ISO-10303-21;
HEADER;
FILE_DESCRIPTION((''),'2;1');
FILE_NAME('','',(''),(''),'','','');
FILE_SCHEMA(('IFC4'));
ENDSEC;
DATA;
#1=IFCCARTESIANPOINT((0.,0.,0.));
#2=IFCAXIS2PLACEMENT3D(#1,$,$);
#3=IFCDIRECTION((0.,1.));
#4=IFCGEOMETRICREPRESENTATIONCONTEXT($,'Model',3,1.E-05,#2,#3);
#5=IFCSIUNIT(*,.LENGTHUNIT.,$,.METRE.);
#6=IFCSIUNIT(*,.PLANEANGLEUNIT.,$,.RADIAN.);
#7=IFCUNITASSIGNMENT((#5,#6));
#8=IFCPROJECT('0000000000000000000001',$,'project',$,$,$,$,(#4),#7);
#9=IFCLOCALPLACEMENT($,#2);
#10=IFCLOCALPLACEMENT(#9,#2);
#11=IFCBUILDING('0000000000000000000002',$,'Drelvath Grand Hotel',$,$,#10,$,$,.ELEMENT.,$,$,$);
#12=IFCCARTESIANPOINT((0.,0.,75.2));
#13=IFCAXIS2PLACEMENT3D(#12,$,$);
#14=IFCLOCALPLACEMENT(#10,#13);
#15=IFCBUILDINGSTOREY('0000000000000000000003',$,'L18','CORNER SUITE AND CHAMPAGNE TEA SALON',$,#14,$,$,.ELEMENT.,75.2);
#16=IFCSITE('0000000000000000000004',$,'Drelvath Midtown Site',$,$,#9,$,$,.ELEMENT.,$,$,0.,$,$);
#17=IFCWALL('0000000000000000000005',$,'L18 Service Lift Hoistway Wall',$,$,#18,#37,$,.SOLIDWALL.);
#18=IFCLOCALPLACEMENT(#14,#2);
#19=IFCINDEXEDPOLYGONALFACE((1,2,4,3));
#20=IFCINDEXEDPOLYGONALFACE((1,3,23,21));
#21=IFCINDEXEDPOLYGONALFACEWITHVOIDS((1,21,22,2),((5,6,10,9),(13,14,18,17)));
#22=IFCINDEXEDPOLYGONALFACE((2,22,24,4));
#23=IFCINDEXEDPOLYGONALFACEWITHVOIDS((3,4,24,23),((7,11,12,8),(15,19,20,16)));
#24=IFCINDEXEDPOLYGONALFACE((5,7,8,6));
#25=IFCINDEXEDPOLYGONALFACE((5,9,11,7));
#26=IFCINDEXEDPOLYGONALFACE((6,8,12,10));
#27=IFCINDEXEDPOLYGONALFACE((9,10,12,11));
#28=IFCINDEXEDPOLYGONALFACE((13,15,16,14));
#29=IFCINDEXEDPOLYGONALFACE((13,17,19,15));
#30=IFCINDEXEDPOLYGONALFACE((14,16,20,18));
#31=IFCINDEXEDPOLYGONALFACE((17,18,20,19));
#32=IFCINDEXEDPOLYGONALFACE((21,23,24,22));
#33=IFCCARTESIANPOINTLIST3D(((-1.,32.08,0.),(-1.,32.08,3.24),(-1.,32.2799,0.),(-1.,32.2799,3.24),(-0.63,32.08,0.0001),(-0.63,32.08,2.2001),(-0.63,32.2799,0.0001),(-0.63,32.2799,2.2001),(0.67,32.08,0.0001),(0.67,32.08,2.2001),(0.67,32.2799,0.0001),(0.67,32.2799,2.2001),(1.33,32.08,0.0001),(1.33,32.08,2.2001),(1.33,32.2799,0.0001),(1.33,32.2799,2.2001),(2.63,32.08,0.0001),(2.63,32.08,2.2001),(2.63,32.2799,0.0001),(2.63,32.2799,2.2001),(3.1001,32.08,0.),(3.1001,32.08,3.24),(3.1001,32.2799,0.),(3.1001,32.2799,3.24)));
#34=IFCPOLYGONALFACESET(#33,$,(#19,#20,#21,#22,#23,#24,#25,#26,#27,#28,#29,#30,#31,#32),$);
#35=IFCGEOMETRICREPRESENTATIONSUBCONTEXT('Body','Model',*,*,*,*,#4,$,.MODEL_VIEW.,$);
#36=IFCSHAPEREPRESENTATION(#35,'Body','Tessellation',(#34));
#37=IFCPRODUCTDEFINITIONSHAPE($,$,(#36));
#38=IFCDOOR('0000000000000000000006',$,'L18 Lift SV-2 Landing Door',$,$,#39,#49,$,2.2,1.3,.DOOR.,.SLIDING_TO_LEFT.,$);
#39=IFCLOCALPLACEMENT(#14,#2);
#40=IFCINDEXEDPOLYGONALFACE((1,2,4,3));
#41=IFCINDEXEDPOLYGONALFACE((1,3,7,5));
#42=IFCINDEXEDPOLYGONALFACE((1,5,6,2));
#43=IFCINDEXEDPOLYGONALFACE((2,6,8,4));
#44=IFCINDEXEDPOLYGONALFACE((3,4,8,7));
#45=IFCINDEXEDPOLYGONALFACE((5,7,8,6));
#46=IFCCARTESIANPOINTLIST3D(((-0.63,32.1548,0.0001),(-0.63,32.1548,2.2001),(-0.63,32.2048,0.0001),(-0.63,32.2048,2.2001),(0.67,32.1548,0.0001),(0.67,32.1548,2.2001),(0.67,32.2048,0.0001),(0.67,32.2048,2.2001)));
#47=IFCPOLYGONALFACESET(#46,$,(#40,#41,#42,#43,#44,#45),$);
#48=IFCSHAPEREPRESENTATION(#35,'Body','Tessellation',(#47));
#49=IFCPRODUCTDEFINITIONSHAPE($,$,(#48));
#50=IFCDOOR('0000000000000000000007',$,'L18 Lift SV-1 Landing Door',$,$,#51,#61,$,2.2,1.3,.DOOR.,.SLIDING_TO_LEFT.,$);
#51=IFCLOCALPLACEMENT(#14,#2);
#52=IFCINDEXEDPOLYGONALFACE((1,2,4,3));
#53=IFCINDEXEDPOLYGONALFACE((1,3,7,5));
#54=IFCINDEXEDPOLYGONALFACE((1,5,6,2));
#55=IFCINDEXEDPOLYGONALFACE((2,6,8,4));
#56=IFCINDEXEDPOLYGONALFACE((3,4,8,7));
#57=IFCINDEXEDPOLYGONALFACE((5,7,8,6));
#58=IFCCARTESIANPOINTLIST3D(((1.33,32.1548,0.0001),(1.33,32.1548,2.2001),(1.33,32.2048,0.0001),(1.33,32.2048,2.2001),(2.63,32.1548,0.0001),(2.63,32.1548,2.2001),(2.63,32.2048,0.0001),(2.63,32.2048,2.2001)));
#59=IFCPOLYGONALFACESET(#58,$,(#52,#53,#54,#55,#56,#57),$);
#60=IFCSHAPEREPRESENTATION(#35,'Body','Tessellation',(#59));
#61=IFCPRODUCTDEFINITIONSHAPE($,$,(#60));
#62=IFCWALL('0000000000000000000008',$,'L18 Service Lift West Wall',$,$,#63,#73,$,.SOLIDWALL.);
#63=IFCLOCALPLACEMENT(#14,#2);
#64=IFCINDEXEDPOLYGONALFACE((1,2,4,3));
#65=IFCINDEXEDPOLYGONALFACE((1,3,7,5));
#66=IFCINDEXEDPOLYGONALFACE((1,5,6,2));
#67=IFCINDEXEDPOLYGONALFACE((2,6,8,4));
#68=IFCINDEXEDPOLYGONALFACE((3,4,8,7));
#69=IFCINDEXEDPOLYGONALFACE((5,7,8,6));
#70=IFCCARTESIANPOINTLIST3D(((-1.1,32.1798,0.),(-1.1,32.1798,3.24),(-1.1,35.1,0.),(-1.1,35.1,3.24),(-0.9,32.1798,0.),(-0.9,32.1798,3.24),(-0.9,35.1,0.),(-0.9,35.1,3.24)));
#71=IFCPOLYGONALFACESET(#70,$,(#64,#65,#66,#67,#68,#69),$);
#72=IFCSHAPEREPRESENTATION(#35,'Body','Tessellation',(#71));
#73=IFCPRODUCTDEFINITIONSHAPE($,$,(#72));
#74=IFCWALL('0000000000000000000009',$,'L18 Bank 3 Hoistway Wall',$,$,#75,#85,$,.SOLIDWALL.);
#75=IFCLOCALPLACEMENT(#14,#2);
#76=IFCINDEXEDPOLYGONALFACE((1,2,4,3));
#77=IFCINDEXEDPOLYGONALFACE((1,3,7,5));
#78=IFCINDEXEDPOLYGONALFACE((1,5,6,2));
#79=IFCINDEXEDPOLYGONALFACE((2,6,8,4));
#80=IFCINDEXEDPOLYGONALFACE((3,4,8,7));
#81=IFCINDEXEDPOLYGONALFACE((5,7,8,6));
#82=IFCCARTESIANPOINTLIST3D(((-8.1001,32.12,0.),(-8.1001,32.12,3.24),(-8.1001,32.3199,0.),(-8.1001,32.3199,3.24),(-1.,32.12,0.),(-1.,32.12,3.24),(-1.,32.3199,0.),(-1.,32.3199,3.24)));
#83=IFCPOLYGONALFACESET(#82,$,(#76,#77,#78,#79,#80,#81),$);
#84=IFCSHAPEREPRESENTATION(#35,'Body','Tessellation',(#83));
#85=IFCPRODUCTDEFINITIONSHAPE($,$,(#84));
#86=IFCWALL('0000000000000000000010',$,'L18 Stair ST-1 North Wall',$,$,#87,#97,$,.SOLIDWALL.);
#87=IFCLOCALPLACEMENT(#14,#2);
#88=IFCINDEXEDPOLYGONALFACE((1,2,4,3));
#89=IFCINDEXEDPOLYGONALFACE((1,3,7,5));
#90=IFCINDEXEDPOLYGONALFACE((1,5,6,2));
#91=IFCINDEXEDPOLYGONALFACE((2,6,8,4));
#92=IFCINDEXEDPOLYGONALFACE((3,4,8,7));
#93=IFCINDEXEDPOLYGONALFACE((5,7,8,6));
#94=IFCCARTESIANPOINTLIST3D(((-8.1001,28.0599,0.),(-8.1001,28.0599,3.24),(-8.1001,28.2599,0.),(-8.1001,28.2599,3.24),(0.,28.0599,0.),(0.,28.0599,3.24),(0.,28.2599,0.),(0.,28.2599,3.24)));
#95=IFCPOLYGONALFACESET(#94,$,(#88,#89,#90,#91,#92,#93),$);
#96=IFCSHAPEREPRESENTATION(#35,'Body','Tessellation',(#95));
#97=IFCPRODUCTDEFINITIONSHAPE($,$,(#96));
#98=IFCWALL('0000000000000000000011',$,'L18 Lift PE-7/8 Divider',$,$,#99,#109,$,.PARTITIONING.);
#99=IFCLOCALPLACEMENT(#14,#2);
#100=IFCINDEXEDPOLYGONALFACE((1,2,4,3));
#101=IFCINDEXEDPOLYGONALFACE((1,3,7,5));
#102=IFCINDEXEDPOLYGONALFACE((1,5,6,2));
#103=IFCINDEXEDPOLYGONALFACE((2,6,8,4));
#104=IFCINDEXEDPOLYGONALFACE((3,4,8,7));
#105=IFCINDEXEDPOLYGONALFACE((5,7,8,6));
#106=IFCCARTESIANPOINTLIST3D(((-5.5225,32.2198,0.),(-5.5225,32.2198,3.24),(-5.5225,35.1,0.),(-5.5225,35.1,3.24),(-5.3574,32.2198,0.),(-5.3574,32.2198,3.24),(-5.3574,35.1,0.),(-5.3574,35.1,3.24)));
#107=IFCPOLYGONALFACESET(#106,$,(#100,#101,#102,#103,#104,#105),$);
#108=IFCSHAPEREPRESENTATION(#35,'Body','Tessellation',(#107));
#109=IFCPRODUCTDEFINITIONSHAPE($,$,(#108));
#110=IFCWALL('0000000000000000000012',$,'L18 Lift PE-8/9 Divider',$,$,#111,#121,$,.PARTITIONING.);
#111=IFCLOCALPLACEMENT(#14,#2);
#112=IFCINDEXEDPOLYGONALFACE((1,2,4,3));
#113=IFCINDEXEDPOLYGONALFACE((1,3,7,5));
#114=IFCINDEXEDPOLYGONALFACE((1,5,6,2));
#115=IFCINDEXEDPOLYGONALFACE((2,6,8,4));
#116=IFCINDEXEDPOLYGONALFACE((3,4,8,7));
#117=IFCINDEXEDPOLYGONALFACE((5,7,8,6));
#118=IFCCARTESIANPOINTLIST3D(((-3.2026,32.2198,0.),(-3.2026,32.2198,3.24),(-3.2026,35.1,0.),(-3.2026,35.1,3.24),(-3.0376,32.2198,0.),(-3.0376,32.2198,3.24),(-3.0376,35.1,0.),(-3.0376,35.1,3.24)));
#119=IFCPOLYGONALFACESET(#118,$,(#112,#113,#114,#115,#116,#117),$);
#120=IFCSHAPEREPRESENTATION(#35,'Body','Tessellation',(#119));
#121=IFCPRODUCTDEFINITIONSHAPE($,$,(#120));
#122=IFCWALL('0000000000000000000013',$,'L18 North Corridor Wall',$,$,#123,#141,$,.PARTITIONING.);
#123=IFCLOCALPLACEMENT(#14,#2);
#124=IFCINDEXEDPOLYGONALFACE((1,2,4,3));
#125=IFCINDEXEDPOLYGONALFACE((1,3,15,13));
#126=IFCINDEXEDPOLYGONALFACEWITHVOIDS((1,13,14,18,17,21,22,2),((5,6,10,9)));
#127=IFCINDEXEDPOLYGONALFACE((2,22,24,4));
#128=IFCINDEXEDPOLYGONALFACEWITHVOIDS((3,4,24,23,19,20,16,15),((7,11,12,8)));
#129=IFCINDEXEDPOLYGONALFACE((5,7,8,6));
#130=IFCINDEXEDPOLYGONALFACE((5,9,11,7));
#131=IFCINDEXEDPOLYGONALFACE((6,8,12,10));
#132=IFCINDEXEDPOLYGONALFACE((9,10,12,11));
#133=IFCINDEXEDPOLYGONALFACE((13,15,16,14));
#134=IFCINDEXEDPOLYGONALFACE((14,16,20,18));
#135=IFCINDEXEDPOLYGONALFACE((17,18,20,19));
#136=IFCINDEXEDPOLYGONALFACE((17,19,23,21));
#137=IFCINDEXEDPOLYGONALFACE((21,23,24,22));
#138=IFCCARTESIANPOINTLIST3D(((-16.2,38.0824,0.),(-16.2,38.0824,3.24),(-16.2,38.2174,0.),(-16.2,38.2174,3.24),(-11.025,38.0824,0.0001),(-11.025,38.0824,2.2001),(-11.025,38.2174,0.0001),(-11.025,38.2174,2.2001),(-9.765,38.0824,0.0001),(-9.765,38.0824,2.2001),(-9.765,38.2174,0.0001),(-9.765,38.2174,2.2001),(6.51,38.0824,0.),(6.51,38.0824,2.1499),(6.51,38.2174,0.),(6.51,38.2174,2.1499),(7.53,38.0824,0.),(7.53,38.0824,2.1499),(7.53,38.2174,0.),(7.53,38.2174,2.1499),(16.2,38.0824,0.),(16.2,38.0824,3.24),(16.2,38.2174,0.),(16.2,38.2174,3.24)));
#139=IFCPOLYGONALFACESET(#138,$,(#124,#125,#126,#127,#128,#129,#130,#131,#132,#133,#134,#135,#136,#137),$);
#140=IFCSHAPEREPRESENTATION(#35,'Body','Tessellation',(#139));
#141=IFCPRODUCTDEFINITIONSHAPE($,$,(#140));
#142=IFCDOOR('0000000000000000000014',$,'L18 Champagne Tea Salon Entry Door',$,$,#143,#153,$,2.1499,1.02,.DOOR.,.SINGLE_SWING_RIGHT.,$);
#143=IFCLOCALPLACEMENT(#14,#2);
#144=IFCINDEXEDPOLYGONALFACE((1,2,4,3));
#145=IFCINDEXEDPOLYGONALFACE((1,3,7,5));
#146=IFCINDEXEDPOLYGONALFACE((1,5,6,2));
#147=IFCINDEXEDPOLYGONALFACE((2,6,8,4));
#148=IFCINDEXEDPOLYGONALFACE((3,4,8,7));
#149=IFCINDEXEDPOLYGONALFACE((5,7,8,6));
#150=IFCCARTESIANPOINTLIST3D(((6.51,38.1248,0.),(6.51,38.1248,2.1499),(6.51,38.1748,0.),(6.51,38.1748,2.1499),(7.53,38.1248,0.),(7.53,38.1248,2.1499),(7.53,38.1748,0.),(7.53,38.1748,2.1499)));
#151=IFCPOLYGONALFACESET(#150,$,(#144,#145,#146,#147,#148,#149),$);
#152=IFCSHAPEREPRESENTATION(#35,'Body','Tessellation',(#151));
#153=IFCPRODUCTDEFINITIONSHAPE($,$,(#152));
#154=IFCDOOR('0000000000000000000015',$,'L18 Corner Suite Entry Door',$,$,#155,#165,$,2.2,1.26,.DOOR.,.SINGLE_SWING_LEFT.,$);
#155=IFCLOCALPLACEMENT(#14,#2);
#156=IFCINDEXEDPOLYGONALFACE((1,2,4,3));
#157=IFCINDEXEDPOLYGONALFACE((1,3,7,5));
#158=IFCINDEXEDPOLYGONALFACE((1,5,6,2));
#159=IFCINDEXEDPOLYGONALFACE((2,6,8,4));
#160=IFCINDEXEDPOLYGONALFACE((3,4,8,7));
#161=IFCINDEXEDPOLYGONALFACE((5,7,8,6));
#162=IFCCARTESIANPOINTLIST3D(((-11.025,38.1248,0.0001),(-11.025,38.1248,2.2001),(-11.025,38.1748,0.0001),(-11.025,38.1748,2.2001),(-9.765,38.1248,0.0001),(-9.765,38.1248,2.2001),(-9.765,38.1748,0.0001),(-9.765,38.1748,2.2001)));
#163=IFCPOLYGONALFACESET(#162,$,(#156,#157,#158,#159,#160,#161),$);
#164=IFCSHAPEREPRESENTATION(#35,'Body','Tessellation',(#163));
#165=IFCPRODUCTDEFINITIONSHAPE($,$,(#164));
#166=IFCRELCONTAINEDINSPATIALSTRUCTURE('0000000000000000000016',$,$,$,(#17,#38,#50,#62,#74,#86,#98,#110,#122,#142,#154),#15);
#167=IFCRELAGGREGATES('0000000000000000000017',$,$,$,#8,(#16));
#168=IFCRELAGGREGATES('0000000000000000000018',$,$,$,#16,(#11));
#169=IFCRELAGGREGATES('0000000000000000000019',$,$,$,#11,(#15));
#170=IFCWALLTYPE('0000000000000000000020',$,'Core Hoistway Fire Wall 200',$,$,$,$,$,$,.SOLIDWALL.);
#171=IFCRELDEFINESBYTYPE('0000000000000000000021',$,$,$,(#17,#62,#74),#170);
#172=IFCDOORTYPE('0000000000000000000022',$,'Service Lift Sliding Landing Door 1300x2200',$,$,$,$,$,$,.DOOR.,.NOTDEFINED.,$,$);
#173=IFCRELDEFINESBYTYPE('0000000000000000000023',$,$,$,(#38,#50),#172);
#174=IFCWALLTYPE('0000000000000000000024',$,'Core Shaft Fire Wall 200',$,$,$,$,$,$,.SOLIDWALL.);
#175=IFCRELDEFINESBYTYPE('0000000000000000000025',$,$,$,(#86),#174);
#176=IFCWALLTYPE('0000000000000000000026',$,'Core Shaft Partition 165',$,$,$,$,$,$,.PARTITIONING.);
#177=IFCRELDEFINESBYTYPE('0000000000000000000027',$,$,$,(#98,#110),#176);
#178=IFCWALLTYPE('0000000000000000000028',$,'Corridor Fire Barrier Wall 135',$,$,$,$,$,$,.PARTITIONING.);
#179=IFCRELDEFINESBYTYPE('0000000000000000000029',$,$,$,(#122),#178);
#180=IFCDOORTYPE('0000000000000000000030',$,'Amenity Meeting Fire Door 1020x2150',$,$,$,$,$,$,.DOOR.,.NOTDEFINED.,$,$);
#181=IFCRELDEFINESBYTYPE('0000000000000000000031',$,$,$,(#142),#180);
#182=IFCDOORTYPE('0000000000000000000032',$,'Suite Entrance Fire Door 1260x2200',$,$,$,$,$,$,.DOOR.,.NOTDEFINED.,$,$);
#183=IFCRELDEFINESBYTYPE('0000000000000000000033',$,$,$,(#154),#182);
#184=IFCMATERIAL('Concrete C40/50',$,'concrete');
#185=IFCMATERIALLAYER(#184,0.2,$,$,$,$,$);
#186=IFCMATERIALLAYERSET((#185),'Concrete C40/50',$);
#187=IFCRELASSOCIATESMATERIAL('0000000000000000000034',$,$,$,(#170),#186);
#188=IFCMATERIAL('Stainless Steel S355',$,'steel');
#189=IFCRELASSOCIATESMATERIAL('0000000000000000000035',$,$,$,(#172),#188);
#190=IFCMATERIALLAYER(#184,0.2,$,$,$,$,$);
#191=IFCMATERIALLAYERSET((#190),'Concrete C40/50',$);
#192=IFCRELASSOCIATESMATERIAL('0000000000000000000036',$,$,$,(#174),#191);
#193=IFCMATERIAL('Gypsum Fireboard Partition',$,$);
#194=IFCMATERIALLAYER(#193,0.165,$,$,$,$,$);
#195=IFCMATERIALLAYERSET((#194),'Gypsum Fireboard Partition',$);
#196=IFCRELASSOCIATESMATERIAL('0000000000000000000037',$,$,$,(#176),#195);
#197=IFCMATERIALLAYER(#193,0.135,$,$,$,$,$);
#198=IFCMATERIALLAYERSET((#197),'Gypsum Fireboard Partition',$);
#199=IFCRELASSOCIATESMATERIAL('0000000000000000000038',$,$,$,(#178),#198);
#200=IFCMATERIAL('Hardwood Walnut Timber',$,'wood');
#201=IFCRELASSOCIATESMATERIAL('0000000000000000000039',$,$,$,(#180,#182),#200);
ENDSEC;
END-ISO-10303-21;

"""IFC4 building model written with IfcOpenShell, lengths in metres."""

from ifc_helpers import new_model, si_unit, direction, frame, frame_2d, origin, place, context, subcontext, project, spatial, rectangle, extrude, material, layer, layer_set, type_object, element, fill, save


model = new_model("IFC4")

# Units and contexts
model_context = context("Model", 3, precision=1e-05, world=origin(), true_north=direction((0.0, 1.0)))
body_context = subcontext(model_context, "Body", "Model", "MODEL_VIEW")
ifc_project = project(units=[si_unit("LENGTHUNIT", "METRE"), si_unit("PLANEANGLEUNIT", "RADIAN")], contexts=[model_context])

# Site, building, storey
site_placement = place(None, origin())
site = spatial("IfcSite", under=ifc_project, at=site_placement, Name="Drelvath Midtown Site", CompositionType="ELEMENT", RefElevation=0.0)
building_placement = place(site_placement, origin())
building = spatial("IfcBuilding", under=site, at=building_placement, Name="Drelvath Grand Hotel", CompositionType="ELEMENT")
storey_placement = place(building_placement, frame((0.0, 0.0, 75.2)))
storey = spatial("IfcBuildingStorey", under=building, at=storey_placement, Name="L18", Description="CORNER SUITE AND CHAMPAGNE TEA SALON", CompositionType="ELEMENT", Elevation=75.2)

# Wall, openings, doors
ifc_material_1 = material(Name="Concrete C40/50", Category="concrete")
ifc_layer_1 = layer(ifc_material_1, 0.2)
ifc_layer_set_1 = layer_set([ifc_layer_1], Name="Concrete C40/50")
wall_type_1 = type_object("IfcWallType", Name="Core Hoistway Fire Wall 200", PredefinedType="SOLIDWALL", material=ifc_layer_set_1)
wall_1_placement = place(storey_placement, frame((-1.0, 32.1799, 0.0), z_axis=(0.0, 0.0, 1.0), x_axis=(1.0, 0.0, 0.0)))
wall_1 = element("IfcWall", 1, at=wall_1_placement, inside=storey, type_object=wall_type_1, Name="L18 Service Lift Hoistway Wall", PredefinedType="SOLIDWALL", context=body_context, shape_type="SweptSolid", body=[
    extrude(rectangle(XDim=4.1001, YDim=0.2, at=frame_2d((2.05, 0.0))), origin(), (0.0, 0.0, 1.0), 3.24),
])
opening_1_placement = place(wall_1_placement, frame((0.3701, 0.0, 0.0)))
opening_1 = element("IfcOpeningElement", 2, at=opening_1_placement, cuts=wall_1, PredefinedType="OPENING", context=body_context, shape_type="SweptSolid", body=[
    extrude(rectangle(XDim=1.3, YDim=2.2, at=frame_2d((0.6499, 1.1001))), frame((0.0, 0.1099, 0.0), z_axis=(0.0, -1.0, 0.0), x_axis=(1.0, 0.0, 0.0)), (0.0, 0.0, 1.0), 0.22),
])
opening_2_placement = place(wall_1_placement, frame((2.3301, 0.0, 0.0)))
opening_2 = element("IfcOpeningElement", 3, at=opening_2_placement, cuts=wall_1, PredefinedType="OPENING", context=body_context, shape_type="SweptSolid", body=[
    extrude(rectangle(XDim=1.3, YDim=2.2, at=frame_2d((0.6499, 1.1001))), frame((0.0, 0.1099, 0.0), z_axis=(0.0, -1.0, 0.0), x_axis=(1.0, 0.0, 0.0)), (0.0, 0.0, 1.0), 0.22),
])
ifc_material_2 = material(Name="Stainless Steel S355", Category="steel")
door_type_1 = type_object("IfcDoorType", Name="Service Lift Sliding Landing Door 1300x2200", OperationType="NOTDEFINED", PredefinedType="DOOR", material=ifc_material_2)
door_1_placement = place(opening_1_placement, origin())
door_1 = element("IfcDoor", 4, at=door_1_placement, inside=storey, type_object=door_type_1, Name="L18 Lift SV-2 Landing Door", OperationType="SLIDING_TO_LEFT", OverallHeight=2.2, OverallWidth=1.3, PredefinedType="DOOR", context=body_context, shape_type="SweptSolid", body=[
    extrude(rectangle(XDim=1.3, YDim=2.2, at=frame_2d((0.6499, 1.1001))), frame((0.0, 0.0249, 0.0), z_axis=(0.0, -1.0, 0.0), x_axis=(1.0, 0.0, 0.0)), (0.0, 0.0, 1.0), 0.05),
])
fill(opening_1, door_1)
door_2_placement = place(opening_2_placement, origin())
door_2 = element("IfcDoor", 5, at=door_2_placement, inside=storey, type_object=door_type_1, Name="L18 Lift SV-1 Landing Door", OperationType="SLIDING_TO_LEFT", OverallHeight=2.2, OverallWidth=1.3, PredefinedType="DOOR", context=body_context, shape_type="SweptSolid", body=[
    extrude(rectangle(XDim=1.3, YDim=2.2, at=frame_2d((0.6499, 1.1001))), frame((0.0, 0.0249, 0.0), z_axis=(0.0, -1.0, 0.0), x_axis=(1.0, 0.0, 0.0)), (0.0, 0.0, 1.0), 0.05),
])
fill(opening_2, door_2)

# Walls
wall_2_placement = place(storey_placement, frame((-1.0, 32.1799, 0.0), z_axis=(0.0, 0.0, 1.0), x_axis=(0.0, 1.0, 0.0)))
element("IfcWall", 6, at=wall_2_placement, inside=storey, type_object=wall_type_1, Name="L18 Service Lift West Wall", PredefinedType="SOLIDWALL", context=body_context, shape_type="SweptSolid", body=[
    extrude(rectangle(XDim=2.9202, YDim=0.2, at=frame_2d((1.46, 0.0))), origin(), (0.0, 0.0, 1.0), 3.24),
])
wall_3_placement = place(storey_placement, frame((-8.1001, 32.22, 0.0), z_axis=(0.0, 0.0, 1.0), x_axis=(1.0, 0.0, 0.0)))
element("IfcWall", 7, at=wall_3_placement, inside=storey, type_object=wall_type_1, Name="L18 Bank 3 Hoistway Wall", PredefinedType="SOLIDWALL", context=body_context, shape_type="SweptSolid", body=[
    extrude(rectangle(XDim=7.1001, YDim=0.2, at=frame_2d((3.55, 0.0))), origin(), (0.0, 0.0, 1.0), 3.24),
])
ifc_layer_2 = layer(ifc_material_1, 0.2)
ifc_layer_set_2 = layer_set([ifc_layer_2], Name="Concrete C40/50")
wall_type_2 = type_object("IfcWallType", Name="Core Shaft Fire Wall 200", PredefinedType="SOLIDWALL", material=ifc_layer_set_2)
wall_4_placement = place(storey_placement, frame((-8.1001, 28.1599, 0.0), z_axis=(0.0, 0.0, 1.0), x_axis=(1.0, 0.0, 0.0)))
element("IfcWall", 8, at=wall_4_placement, inside=storey, type_object=wall_type_2, Name="L18 Stair ST-1 North Wall", PredefinedType="SOLIDWALL", context=body_context, shape_type="SweptSolid", body=[
    extrude(rectangle(XDim=8.1001, YDim=0.2, at=frame_2d((4.05, 0.0))), origin(), (0.0, 0.0, 1.0), 3.24),
])
ifc_material_3 = material(Name="Gypsum Fireboard Partition")
ifc_layer_3 = layer(ifc_material_3, 0.165)
ifc_layer_set_3 = layer_set([ifc_layer_3], Name="Gypsum Fireboard Partition")
wall_type_3 = type_object("IfcWallType", Name="Core Shaft Partition 165", PredefinedType="PARTITIONING", material=ifc_layer_set_3)
for number, where, z_axis, x_axis, name in (
    (9, (-5.4399, 32.22, 0.0), (0.0, 0.0, 1.0), (0.0, 1.0, 0.0), "L18 Lift PE-7/8 Divider"),
    (10, (-3.1201, 32.22, 0.0), (0.0, 0.0, 1.0), (0.0, 1.0, 0.0), "L18 Lift PE-8/9 Divider"),
):
    element("IfcWall", number, at=place(storey_placement, frame(where, z_axis=z_axis, x_axis=x_axis)), inside=storey, type_object=wall_type_3, Name=name, PredefinedType="PARTITIONING", context=body_context, shape_type="SweptSolid", body=[
        extrude(rectangle(XDim=2.8801, YDim=0.165, at=frame_2d((1.4399, 0.0))), origin(), (0.0, 0.0, 1.0), 3.24),
    ])

# Wall, openings, doors
ifc_layer_4 = layer(ifc_material_3, 0.135)
ifc_layer_set_4 = layer_set([ifc_layer_4], Name="Gypsum Fireboard Partition")
wall_type_4 = type_object("IfcWallType", Name="Corridor Fire Barrier Wall 135", PredefinedType="PARTITIONING", material=ifc_layer_set_4)
wall_5_placement = place(storey_placement, frame((-16.2, 38.1499, 0.0), z_axis=(0.0, 0.0, 1.0), x_axis=(1.0, 0.0, 0.0)))
wall_5 = element("IfcWall", 11, at=wall_5_placement, inside=storey, type_object=wall_type_4, Name="L18 North Corridor Wall", PredefinedType="PARTITIONING", context=body_context, shape_type="SweptSolid", body=[
    extrude(rectangle(XDim=32.3999, YDim=0.135, at=frame_2d((16.2, 0.0))), origin(), (0.0, 0.0, 1.0), 3.24),
])
opening_3_placement = place(wall_5_placement, frame((5.175, 0.0, 0.0)))
opening_3 = element("IfcOpeningElement", 12, at=opening_3_placement, cuts=wall_5, PredefinedType="OPENING", context=body_context, shape_type="SweptSolid", body=[
    extrude(rectangle(XDim=1.26, YDim=2.2, at=frame_2d((0.6299, 1.1001))), frame((0.0, 0.0774, 0.0), z_axis=(0.0, -1.0, 0.0), x_axis=(1.0, 0.0, 0.0)), (0.0, 0.0, 1.0), 0.155),
])
opening_4_placement = place(wall_5_placement, frame((22.71, 0.0, 0.0)))
opening_4 = element("IfcOpeningElement", 13, at=opening_4_placement, cuts=wall_5, PredefinedType="OPENING", context=body_context, shape_type="SweptSolid", body=[
    extrude(rectangle(XDim=1.02, YDim=2.1499, at=frame_2d((0.51, 1.075))), frame((0.0, 0.0774, 0.0), z_axis=(0.0, -1.0, 0.0), x_axis=(1.0, 0.0, 0.0)), (0.0, 0.0, 1.0), 0.155),
])
ifc_material_4 = material(Name="Hardwood Walnut Timber", Category="wood")
door_type_2 = type_object("IfcDoorType", Name="Amenity Meeting Fire Door 1020x2150", OperationType="NOTDEFINED", PredefinedType="DOOR", material=ifc_material_4)
door_3_placement = place(opening_4_placement, origin())
door_3 = element("IfcDoor", 14, at=door_3_placement, inside=storey, type_object=door_type_2, Name="L18 Champagne Tea Salon Entry Door", OperationType="SINGLE_SWING_RIGHT", OverallHeight=2.1499, OverallWidth=1.02, PredefinedType="DOOR", context=body_context, shape_type="SweptSolid", body=[
    extrude(rectangle(XDim=1.02, YDim=2.1499, at=frame_2d((0.51, 1.075))), frame((0.0, 0.0249, 0.0), z_axis=(0.0, -1.0, 0.0), x_axis=(1.0, 0.0, 0.0)), (0.0, 0.0, 1.0), 0.05),
])
fill(opening_4, door_3)
door_type_3 = type_object("IfcDoorType", Name="Suite Entrance Fire Door 1260x2200", OperationType="NOTDEFINED", PredefinedType="DOOR", material=ifc_material_4)
door_4_placement = place(opening_3_placement, origin())
door_4 = element("IfcDoor", 15, at=door_4_placement, inside=storey, type_object=door_type_3, Name="L18 Corner Suite Entry Door", OperationType="SINGLE_SWING_LEFT", OverallHeight=2.2, OverallWidth=1.26, PredefinedType="DOOR", context=body_context, shape_type="SweptSolid", body=[
    extrude(rectangle(XDim=1.26, YDim=2.2, at=frame_2d((0.6299, 1.1001))), frame((0.0, 0.0249, 0.0), z_axis=(0.0, -1.0, 0.0), x_axis=(1.0, 0.0, 0.0)), (0.0, 0.0, 1.0), 0.05),
])
fill(opening_3, door_4)

save(model, "model.ifc")
